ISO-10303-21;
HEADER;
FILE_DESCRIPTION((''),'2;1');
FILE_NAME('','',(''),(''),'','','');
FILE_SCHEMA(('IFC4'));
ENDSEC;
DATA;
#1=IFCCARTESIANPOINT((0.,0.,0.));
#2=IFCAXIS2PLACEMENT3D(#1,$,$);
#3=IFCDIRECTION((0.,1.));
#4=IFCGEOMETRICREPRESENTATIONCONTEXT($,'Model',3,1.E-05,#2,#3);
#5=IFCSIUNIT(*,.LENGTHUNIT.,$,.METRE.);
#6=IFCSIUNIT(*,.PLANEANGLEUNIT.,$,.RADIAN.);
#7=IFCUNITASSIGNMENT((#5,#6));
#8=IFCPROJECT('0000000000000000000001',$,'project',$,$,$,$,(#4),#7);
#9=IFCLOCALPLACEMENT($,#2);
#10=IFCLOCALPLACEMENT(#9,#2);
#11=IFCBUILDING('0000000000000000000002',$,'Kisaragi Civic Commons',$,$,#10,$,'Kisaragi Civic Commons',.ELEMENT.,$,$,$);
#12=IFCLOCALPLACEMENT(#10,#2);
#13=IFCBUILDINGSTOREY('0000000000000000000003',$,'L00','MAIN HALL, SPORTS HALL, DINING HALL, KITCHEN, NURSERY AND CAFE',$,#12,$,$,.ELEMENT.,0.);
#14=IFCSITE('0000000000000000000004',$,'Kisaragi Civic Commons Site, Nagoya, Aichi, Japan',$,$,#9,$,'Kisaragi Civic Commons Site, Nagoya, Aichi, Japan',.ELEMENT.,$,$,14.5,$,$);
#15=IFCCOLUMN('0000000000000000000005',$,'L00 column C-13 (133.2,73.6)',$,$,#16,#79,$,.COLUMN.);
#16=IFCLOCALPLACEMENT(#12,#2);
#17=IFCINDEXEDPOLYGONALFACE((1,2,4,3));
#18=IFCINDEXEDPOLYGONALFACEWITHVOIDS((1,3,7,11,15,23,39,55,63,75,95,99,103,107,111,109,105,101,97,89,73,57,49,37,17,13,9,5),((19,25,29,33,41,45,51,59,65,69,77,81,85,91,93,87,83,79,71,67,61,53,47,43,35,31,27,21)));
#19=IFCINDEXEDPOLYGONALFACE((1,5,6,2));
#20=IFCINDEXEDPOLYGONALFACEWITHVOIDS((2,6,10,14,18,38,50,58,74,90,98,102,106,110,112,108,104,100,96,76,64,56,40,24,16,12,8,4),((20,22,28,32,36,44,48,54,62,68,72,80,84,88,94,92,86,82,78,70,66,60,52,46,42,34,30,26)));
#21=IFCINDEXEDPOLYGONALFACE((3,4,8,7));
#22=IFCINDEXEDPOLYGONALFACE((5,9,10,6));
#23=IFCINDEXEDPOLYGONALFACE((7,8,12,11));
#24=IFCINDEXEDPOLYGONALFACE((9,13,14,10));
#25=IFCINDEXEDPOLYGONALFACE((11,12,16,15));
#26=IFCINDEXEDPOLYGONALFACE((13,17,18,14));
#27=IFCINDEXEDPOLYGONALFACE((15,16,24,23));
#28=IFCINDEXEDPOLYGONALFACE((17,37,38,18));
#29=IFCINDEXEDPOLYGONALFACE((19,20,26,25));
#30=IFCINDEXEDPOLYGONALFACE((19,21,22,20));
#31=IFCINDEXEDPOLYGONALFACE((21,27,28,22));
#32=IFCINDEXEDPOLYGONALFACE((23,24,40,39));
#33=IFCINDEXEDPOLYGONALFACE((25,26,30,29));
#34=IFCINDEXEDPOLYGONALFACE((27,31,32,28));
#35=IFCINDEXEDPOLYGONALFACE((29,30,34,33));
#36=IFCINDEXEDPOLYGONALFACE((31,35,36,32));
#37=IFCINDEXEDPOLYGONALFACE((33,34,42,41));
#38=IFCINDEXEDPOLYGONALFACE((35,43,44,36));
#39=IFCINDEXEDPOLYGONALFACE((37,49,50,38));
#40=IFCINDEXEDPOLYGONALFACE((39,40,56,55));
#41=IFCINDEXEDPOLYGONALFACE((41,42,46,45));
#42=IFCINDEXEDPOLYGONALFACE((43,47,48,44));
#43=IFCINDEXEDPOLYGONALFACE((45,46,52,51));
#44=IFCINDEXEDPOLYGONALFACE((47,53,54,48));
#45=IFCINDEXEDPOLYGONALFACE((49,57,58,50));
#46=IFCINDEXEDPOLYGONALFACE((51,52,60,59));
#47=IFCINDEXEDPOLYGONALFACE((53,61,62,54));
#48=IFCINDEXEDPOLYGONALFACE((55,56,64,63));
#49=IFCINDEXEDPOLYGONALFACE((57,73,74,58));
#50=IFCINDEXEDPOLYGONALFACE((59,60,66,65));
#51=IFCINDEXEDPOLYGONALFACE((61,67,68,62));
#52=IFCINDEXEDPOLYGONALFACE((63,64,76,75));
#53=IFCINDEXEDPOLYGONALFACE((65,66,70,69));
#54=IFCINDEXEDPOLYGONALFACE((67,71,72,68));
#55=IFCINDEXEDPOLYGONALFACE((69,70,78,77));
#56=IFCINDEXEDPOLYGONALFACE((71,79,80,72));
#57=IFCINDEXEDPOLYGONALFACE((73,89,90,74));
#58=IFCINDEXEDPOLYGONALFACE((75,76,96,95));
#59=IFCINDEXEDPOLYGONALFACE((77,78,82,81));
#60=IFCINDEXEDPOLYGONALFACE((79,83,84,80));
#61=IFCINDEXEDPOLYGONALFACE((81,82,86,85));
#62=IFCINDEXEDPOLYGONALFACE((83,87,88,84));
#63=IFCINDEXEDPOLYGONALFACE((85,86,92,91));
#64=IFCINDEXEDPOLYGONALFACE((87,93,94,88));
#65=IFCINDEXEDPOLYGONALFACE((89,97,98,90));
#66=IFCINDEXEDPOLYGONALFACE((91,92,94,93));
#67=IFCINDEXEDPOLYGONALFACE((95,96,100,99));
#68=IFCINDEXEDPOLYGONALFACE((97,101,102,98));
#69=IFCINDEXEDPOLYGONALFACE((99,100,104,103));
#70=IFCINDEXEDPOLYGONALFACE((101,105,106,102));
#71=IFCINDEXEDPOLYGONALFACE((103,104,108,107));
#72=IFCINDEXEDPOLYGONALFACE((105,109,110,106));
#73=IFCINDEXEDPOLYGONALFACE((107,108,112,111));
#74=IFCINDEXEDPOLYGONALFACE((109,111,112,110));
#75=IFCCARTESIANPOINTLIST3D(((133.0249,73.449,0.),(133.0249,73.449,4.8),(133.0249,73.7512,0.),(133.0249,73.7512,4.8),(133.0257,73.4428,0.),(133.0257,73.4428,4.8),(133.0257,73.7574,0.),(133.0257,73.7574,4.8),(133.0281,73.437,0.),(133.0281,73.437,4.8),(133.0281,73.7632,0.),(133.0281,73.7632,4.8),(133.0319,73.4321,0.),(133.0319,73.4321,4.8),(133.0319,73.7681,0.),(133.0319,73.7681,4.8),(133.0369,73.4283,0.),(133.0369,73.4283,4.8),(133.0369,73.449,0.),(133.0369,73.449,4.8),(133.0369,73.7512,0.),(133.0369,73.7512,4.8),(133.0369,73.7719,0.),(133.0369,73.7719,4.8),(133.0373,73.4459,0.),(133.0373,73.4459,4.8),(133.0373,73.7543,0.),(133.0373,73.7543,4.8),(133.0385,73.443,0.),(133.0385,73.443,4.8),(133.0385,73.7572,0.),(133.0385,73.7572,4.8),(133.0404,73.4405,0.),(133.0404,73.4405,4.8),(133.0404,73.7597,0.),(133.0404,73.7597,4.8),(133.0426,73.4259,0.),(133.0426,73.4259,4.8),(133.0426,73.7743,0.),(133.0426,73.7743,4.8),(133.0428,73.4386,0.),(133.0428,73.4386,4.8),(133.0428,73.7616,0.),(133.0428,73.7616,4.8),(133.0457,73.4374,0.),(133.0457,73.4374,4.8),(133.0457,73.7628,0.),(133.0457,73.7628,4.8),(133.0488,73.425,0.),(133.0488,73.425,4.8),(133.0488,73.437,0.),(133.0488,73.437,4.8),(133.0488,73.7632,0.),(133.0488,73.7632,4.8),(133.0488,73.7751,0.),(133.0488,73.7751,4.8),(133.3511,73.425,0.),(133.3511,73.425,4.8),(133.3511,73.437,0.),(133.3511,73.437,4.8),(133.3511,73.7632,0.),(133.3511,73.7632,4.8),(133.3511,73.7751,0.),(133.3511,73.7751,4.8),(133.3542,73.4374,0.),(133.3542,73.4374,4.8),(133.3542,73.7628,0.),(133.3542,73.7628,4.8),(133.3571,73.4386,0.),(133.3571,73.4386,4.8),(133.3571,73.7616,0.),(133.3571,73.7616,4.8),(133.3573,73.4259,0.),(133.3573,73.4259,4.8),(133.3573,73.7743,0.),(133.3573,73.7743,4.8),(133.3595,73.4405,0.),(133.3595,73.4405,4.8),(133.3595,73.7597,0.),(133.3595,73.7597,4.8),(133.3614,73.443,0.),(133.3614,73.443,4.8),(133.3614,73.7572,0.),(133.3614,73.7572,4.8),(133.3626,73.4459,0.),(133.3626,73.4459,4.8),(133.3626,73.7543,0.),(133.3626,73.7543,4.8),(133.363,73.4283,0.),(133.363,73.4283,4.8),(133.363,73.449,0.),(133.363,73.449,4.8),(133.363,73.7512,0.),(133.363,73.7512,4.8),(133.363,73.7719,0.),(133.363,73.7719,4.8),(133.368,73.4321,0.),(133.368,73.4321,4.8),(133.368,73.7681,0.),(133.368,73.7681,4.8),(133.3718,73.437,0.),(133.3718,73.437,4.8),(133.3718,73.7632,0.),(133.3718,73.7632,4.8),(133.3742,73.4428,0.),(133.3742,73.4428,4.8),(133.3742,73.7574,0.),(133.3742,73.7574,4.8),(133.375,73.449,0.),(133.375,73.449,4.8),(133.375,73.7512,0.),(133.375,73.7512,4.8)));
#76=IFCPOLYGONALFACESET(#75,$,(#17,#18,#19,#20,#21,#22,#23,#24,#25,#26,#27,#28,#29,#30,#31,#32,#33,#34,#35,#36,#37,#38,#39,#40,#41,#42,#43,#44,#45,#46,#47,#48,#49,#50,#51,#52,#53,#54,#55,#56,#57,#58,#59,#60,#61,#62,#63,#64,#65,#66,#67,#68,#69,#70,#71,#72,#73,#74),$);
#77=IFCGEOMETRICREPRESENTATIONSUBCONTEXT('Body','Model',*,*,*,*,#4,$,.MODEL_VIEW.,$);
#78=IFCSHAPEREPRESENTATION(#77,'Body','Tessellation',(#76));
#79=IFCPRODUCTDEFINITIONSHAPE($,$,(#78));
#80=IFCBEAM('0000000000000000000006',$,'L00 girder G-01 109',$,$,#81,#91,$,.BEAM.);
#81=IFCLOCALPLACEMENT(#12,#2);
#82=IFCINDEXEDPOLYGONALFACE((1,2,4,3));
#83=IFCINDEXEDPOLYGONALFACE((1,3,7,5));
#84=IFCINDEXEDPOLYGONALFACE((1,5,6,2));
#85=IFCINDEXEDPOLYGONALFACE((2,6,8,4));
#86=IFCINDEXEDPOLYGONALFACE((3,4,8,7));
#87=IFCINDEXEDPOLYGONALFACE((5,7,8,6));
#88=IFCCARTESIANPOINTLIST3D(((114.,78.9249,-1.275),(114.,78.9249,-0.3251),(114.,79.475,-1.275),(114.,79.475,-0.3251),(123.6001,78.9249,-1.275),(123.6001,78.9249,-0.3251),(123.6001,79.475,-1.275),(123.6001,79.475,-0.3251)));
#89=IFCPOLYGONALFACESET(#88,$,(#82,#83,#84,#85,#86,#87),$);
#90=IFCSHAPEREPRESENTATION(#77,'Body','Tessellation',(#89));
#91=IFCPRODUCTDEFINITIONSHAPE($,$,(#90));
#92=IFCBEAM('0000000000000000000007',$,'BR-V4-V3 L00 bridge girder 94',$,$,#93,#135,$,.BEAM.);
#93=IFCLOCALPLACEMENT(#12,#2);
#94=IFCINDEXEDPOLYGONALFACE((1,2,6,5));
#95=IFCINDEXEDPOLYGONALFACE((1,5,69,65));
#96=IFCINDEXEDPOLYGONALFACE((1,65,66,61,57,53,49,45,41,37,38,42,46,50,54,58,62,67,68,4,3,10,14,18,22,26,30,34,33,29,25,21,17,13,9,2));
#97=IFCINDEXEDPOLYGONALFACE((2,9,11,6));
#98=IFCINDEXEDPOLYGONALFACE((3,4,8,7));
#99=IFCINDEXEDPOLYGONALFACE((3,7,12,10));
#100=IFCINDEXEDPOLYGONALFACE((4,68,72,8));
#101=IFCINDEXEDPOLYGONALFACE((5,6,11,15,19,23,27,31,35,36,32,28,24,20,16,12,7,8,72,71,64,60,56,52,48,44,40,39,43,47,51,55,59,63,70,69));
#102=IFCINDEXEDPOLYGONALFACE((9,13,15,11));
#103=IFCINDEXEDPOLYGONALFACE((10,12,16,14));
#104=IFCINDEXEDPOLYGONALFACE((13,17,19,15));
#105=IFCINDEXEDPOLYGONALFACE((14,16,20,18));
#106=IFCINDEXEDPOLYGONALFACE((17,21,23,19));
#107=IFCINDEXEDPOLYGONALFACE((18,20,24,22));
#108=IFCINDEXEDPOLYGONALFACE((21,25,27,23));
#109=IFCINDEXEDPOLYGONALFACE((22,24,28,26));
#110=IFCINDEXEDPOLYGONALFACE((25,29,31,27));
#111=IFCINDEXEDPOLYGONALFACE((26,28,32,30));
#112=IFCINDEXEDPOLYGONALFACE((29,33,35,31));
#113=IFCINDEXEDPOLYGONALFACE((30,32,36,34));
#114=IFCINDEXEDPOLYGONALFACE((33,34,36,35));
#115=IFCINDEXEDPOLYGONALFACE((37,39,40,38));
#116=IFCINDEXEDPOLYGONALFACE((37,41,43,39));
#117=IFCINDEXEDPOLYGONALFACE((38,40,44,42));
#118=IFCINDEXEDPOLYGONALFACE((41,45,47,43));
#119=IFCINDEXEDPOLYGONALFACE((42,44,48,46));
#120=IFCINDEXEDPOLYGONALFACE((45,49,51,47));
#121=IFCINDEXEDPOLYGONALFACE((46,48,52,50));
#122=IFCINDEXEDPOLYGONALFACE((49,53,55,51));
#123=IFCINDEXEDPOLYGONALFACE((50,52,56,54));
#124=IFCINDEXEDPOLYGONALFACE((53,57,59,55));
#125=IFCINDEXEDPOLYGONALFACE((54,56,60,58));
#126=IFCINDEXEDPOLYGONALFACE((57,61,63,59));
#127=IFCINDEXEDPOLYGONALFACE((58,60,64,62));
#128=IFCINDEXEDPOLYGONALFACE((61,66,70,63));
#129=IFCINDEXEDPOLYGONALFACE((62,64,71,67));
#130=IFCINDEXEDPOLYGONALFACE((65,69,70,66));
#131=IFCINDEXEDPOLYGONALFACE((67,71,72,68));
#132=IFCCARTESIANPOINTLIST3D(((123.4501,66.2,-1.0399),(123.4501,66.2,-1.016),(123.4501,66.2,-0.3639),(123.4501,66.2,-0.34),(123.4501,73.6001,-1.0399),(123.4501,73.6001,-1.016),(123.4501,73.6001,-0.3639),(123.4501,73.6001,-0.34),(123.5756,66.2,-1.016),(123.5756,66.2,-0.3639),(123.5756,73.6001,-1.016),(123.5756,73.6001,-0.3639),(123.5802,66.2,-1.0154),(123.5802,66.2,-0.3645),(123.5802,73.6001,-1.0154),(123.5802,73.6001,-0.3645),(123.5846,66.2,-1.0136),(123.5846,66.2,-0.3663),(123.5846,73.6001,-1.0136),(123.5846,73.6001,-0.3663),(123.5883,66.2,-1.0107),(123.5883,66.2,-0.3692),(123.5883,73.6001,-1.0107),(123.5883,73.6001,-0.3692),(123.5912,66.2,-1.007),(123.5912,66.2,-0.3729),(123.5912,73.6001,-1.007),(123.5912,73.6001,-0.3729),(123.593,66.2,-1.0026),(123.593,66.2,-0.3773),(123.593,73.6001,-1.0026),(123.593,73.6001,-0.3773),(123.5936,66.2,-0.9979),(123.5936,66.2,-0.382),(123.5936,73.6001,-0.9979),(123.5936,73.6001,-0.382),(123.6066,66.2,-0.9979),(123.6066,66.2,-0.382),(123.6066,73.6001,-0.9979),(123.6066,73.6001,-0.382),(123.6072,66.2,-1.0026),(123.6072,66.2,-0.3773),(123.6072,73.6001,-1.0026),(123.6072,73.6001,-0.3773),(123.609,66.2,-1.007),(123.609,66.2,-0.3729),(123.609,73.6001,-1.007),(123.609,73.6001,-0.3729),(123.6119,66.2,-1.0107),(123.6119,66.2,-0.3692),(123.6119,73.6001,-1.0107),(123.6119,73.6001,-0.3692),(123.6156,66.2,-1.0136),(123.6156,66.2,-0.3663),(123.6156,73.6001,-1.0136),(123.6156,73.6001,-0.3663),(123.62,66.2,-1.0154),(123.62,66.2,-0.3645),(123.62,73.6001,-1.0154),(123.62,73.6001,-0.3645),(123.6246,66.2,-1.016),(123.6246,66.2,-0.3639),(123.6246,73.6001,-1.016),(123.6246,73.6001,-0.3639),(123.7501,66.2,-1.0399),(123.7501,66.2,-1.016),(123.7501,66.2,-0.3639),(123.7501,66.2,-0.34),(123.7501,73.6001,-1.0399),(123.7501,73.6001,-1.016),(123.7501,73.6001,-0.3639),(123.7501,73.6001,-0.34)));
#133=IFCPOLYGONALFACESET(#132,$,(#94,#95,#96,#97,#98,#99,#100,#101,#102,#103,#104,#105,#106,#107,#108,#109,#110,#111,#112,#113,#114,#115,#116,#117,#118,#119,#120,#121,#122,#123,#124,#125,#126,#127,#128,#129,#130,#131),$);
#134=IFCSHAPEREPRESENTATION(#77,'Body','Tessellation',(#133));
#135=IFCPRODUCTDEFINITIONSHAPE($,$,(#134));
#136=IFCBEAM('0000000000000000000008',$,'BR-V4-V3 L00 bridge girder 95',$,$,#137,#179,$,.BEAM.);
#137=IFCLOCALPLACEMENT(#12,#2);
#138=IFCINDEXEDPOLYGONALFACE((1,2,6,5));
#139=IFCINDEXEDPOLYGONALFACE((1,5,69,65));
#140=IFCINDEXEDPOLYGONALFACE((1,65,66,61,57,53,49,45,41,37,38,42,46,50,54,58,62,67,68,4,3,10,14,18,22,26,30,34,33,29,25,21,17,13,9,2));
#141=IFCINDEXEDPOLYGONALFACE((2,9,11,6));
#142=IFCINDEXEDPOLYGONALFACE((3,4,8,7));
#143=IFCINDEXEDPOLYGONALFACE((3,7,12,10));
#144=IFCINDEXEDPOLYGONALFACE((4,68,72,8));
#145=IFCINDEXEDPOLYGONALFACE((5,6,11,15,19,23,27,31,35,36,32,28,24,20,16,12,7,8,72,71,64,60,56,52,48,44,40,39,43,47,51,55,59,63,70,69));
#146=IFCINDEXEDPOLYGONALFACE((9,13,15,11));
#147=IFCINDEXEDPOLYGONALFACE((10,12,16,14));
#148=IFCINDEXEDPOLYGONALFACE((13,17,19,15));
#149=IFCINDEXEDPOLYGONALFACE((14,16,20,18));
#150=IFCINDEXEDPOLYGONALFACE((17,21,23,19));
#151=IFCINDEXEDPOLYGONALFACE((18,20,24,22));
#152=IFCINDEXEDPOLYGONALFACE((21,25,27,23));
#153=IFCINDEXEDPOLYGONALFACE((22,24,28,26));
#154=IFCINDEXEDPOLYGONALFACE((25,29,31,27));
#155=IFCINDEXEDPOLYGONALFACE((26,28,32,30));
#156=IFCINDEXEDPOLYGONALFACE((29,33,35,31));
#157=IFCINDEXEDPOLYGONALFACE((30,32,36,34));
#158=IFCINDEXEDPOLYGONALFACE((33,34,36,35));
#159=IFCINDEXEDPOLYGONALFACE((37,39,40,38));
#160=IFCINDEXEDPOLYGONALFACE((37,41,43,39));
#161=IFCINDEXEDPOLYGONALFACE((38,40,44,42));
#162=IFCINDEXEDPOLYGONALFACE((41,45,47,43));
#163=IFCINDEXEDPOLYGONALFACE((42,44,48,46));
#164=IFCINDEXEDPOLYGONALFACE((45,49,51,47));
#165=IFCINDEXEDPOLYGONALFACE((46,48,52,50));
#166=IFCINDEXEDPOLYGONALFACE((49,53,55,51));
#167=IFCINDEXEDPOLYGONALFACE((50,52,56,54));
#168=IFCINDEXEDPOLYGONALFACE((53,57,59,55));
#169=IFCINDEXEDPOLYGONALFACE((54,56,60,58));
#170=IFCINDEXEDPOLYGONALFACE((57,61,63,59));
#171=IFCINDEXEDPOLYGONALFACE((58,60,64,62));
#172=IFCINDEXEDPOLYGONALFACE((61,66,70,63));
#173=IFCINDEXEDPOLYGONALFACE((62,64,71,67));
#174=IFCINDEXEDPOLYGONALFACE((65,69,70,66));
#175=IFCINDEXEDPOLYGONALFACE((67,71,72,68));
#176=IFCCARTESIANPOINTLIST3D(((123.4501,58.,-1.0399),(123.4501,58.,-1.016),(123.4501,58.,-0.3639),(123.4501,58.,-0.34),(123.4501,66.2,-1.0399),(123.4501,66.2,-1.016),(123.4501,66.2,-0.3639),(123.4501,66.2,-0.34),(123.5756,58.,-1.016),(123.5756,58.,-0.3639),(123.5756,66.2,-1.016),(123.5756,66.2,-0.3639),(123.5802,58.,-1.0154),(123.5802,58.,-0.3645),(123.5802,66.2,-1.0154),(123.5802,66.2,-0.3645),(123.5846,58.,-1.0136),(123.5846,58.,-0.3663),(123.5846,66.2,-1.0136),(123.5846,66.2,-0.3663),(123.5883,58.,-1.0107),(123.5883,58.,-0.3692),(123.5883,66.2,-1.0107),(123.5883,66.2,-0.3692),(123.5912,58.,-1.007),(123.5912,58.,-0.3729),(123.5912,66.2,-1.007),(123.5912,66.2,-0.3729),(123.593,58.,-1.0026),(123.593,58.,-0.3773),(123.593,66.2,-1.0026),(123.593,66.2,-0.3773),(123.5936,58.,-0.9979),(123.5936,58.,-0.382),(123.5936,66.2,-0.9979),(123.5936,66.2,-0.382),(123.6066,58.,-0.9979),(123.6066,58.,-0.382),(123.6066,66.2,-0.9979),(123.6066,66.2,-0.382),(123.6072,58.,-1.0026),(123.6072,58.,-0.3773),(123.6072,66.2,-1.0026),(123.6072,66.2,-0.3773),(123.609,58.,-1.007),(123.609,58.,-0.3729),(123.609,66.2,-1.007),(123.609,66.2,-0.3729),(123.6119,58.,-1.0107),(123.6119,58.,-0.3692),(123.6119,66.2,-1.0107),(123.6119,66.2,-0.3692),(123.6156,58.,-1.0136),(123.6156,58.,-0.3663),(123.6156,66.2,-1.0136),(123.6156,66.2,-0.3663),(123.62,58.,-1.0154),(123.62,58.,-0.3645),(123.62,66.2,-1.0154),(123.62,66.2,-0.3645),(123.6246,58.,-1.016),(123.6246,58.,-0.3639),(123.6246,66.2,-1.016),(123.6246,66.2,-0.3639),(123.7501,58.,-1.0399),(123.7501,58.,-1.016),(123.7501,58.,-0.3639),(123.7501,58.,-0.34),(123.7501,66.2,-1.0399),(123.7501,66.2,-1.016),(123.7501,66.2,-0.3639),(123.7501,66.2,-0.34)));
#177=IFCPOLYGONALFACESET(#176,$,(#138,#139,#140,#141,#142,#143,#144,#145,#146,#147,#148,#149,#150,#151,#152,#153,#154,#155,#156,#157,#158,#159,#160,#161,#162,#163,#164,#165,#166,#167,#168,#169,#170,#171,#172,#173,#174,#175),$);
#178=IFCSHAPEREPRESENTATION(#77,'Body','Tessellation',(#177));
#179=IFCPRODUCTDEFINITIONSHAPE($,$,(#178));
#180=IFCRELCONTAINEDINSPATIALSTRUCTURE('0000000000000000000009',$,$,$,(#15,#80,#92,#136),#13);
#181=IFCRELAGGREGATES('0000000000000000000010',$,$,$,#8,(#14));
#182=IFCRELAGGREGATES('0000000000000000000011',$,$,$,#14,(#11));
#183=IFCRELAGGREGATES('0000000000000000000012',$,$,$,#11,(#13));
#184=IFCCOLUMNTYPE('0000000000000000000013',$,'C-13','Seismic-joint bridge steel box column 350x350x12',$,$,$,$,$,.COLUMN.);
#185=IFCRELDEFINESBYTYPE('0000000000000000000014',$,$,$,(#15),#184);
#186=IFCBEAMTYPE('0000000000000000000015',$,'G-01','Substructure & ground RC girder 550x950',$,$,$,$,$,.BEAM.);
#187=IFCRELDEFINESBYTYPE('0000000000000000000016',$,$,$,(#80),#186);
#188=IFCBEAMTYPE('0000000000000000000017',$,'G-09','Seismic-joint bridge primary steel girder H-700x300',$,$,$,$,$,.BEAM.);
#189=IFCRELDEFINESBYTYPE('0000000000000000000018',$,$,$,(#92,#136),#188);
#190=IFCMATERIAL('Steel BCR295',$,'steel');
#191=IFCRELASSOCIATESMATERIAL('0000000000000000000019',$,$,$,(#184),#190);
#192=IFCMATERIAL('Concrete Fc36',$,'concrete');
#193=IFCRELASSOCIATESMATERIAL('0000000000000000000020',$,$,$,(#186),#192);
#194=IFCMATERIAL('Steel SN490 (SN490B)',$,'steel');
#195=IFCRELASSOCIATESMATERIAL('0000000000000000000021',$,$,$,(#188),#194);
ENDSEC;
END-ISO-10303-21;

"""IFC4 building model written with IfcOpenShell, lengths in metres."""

from ifc_helpers import new_model, si_unit, direction, frame, origin, origin_2d, place, context, subcontext, project, spatial, rectangle, hollow_rectangle, i_section, extrude, material, material_profile, profile_set, type_object, element, save


model = new_model("IFC4")

# Units and contexts
model_context = context("Model", 3, precision=1e-05, world=origin(), true_north=direction((0.0, 1.0)))
body_context = subcontext(model_context, "Body", "Model", "MODEL_VIEW")
ifc_project = project(units=[si_unit("LENGTHUNIT", "METRE"), si_unit("PLANEANGLEUNIT", "RADIAN")], contexts=[model_context])

# Site, building, storey
site_placement = place(None, origin())
site = spatial("IfcSite", under=ifc_project, at=site_placement, Name="Kisaragi Civic Commons Site, Nagoya, Aichi, Japan", LongName="Kisaragi Civic Commons Site, Nagoya, Aichi, Japan", CompositionType="ELEMENT", RefElevation=14.5)
building_placement = place(site_placement, origin())
building = spatial("IfcBuilding", under=site, at=building_placement, Name="Kisaragi Civic Commons", LongName="Kisaragi Civic Commons", CompositionType="ELEMENT")
storey_placement = place(building_placement, origin())
storey = spatial("IfcBuildingStorey", under=building, at=storey_placement, Name="L00", Description="MAIN HALL, SPORTS HALL, DINING HALL, KITCHEN, NURSERY AND CAFE", CompositionType="ELEMENT", Elevation=0.0)

# Column
ifc_material_1 = material(Name="Steel BCR295", Category="steel")
ifc_material_profile_1 = material_profile(ifc_material_1, hollow_rectangle(XDim=0.3501, YDim=0.3501, WallThickness=0.012, InnerFilletRadius=0.012, OuterFilletRadius=0.0239, at=origin_2d()), Name="BCR-350x350x12", Category="steel")
ifc_profile_set_1 = profile_set([ifc_material_profile_1], Name="Steel BCR295")
column_type = type_object("IfcColumnType", Name="C-13", Description="Seismic-joint bridge steel box column 350x350x12", PredefinedType="COLUMN", material=ifc_profile_set_1)
for number, where, z_axis, x_axis, name in (
    (1, (133.2, 73.6001, 0.0), (0.0, 0.0, 1.0), (1.0, 0.0, 0.0), "L00 column C-13 (133.2,73.6)"),
):
    element("IfcColumn", number, at=place(storey_placement, frame(where, z_axis=z_axis, x_axis=x_axis)), inside=storey, type_object=column_type, Name=name, PredefinedType="COLUMN", context=body_context, shape_type="SweptSolid", body=[
        extrude(hollow_rectangle(XDim=0.3501, YDim=0.3501, WallThickness=0.012, InnerFilletRadius=0.012, OuterFilletRadius=0.0239, at=origin_2d()), origin(), (0.0, 0.0, 1.0), 4.8),
    ])

# Beams
ifc_material_2 = material(Name="Concrete Fc36", Category="concrete")
ifc_material_profile_2 = material_profile(ifc_material_2, rectangle(XDim=0.55, YDim=0.95, at=origin_2d()), Name="RC-550x950", Category="concrete")
ifc_profile_set_2 = profile_set([ifc_material_profile_2], Name="Concrete Fc36")
beam_type_1 = type_object("IfcBeamType", Name="G-01", Description="Substructure & ground RC girder 550x950", PredefinedType="BEAM", material=ifc_profile_set_2)
beam_1_placement = place(storey_placement, frame((114.0, 79.2, -0.8), z_axis=(1.0, 0.0, 0.0), x_axis=(0.0, 1.0, 0.0)))
element("IfcBeam", 2, at=beam_1_placement, inside=storey, type_object=beam_type_1, Name="L00 girder G-01 109", PredefinedType="BEAM", context=body_context, shape_type="SweptSolid", body=[
    extrude(rectangle(XDim=0.55, YDim=0.95, at=origin_2d()), origin(), (0.0, 0.0, 1.0), 9.6001),
])
ifc_material_3 = material(Name="Steel SN490 (SN490B)", Category="steel")
ifc_material_profile_3 = material_profile(ifc_material_3, i_section(OverallWidth=0.3, OverallDepth=0.7, WebThickness=0.0129, FlangeThickness=0.0239, FilletRadius=0.0181, at=origin_2d()), Name="H-700x300x13x24", Category="steel")
ifc_profile_set_3 = profile_set([ifc_material_profile_3], Name="Steel SN490 (SN490B)")
beam_type_2 = type_object("IfcBeamType", Name="G-09", Description="Seismic-joint bridge primary steel girder H-700x300", PredefinedType="BEAM", material=ifc_profile_set_3)
beam_2_placement = place(storey_placement, frame((123.6001, 73.6001, -0.6899), z_axis=(0.0, -1.0, 0.0), x_axis=(1.0, 0.0, 0.0)))
element("IfcBeam", 3, at=beam_2_placement, inside=storey, type_object=beam_type_2, Name="BR-V4-V3 L00 bridge girder 94", PredefinedType="BEAM", context=body_context, shape_type="SweptSolid", body=[
    extrude(i_section(OverallWidth=0.3, OverallDepth=0.7, WebThickness=0.0129, FlangeThickness=0.0239, FilletRadius=0.0181, at=origin_2d()), origin(), (0.0, 0.0, 1.0), 7.4001),
])
beam_3_placement = place(storey_placement, frame((123.6001, 66.2, -0.6899), z_axis=(0.0, -1.0, 0.0), x_axis=(1.0, 0.0, 0.0)))
element("IfcBeam", 4, at=beam_3_placement, inside=storey, type_object=beam_type_2, Name="BR-V4-V3 L00 bridge girder 95", PredefinedType="BEAM", context=body_context, shape_type="SweptSolid", body=[
    extrude(i_section(OverallWidth=0.3, OverallDepth=0.7, WebThickness=0.0129, FlangeThickness=0.0239, FilletRadius=0.0181, at=origin_2d()), origin(), (0.0, 0.0, 1.0), 8.2),
])

save(model, "model.ifc")
